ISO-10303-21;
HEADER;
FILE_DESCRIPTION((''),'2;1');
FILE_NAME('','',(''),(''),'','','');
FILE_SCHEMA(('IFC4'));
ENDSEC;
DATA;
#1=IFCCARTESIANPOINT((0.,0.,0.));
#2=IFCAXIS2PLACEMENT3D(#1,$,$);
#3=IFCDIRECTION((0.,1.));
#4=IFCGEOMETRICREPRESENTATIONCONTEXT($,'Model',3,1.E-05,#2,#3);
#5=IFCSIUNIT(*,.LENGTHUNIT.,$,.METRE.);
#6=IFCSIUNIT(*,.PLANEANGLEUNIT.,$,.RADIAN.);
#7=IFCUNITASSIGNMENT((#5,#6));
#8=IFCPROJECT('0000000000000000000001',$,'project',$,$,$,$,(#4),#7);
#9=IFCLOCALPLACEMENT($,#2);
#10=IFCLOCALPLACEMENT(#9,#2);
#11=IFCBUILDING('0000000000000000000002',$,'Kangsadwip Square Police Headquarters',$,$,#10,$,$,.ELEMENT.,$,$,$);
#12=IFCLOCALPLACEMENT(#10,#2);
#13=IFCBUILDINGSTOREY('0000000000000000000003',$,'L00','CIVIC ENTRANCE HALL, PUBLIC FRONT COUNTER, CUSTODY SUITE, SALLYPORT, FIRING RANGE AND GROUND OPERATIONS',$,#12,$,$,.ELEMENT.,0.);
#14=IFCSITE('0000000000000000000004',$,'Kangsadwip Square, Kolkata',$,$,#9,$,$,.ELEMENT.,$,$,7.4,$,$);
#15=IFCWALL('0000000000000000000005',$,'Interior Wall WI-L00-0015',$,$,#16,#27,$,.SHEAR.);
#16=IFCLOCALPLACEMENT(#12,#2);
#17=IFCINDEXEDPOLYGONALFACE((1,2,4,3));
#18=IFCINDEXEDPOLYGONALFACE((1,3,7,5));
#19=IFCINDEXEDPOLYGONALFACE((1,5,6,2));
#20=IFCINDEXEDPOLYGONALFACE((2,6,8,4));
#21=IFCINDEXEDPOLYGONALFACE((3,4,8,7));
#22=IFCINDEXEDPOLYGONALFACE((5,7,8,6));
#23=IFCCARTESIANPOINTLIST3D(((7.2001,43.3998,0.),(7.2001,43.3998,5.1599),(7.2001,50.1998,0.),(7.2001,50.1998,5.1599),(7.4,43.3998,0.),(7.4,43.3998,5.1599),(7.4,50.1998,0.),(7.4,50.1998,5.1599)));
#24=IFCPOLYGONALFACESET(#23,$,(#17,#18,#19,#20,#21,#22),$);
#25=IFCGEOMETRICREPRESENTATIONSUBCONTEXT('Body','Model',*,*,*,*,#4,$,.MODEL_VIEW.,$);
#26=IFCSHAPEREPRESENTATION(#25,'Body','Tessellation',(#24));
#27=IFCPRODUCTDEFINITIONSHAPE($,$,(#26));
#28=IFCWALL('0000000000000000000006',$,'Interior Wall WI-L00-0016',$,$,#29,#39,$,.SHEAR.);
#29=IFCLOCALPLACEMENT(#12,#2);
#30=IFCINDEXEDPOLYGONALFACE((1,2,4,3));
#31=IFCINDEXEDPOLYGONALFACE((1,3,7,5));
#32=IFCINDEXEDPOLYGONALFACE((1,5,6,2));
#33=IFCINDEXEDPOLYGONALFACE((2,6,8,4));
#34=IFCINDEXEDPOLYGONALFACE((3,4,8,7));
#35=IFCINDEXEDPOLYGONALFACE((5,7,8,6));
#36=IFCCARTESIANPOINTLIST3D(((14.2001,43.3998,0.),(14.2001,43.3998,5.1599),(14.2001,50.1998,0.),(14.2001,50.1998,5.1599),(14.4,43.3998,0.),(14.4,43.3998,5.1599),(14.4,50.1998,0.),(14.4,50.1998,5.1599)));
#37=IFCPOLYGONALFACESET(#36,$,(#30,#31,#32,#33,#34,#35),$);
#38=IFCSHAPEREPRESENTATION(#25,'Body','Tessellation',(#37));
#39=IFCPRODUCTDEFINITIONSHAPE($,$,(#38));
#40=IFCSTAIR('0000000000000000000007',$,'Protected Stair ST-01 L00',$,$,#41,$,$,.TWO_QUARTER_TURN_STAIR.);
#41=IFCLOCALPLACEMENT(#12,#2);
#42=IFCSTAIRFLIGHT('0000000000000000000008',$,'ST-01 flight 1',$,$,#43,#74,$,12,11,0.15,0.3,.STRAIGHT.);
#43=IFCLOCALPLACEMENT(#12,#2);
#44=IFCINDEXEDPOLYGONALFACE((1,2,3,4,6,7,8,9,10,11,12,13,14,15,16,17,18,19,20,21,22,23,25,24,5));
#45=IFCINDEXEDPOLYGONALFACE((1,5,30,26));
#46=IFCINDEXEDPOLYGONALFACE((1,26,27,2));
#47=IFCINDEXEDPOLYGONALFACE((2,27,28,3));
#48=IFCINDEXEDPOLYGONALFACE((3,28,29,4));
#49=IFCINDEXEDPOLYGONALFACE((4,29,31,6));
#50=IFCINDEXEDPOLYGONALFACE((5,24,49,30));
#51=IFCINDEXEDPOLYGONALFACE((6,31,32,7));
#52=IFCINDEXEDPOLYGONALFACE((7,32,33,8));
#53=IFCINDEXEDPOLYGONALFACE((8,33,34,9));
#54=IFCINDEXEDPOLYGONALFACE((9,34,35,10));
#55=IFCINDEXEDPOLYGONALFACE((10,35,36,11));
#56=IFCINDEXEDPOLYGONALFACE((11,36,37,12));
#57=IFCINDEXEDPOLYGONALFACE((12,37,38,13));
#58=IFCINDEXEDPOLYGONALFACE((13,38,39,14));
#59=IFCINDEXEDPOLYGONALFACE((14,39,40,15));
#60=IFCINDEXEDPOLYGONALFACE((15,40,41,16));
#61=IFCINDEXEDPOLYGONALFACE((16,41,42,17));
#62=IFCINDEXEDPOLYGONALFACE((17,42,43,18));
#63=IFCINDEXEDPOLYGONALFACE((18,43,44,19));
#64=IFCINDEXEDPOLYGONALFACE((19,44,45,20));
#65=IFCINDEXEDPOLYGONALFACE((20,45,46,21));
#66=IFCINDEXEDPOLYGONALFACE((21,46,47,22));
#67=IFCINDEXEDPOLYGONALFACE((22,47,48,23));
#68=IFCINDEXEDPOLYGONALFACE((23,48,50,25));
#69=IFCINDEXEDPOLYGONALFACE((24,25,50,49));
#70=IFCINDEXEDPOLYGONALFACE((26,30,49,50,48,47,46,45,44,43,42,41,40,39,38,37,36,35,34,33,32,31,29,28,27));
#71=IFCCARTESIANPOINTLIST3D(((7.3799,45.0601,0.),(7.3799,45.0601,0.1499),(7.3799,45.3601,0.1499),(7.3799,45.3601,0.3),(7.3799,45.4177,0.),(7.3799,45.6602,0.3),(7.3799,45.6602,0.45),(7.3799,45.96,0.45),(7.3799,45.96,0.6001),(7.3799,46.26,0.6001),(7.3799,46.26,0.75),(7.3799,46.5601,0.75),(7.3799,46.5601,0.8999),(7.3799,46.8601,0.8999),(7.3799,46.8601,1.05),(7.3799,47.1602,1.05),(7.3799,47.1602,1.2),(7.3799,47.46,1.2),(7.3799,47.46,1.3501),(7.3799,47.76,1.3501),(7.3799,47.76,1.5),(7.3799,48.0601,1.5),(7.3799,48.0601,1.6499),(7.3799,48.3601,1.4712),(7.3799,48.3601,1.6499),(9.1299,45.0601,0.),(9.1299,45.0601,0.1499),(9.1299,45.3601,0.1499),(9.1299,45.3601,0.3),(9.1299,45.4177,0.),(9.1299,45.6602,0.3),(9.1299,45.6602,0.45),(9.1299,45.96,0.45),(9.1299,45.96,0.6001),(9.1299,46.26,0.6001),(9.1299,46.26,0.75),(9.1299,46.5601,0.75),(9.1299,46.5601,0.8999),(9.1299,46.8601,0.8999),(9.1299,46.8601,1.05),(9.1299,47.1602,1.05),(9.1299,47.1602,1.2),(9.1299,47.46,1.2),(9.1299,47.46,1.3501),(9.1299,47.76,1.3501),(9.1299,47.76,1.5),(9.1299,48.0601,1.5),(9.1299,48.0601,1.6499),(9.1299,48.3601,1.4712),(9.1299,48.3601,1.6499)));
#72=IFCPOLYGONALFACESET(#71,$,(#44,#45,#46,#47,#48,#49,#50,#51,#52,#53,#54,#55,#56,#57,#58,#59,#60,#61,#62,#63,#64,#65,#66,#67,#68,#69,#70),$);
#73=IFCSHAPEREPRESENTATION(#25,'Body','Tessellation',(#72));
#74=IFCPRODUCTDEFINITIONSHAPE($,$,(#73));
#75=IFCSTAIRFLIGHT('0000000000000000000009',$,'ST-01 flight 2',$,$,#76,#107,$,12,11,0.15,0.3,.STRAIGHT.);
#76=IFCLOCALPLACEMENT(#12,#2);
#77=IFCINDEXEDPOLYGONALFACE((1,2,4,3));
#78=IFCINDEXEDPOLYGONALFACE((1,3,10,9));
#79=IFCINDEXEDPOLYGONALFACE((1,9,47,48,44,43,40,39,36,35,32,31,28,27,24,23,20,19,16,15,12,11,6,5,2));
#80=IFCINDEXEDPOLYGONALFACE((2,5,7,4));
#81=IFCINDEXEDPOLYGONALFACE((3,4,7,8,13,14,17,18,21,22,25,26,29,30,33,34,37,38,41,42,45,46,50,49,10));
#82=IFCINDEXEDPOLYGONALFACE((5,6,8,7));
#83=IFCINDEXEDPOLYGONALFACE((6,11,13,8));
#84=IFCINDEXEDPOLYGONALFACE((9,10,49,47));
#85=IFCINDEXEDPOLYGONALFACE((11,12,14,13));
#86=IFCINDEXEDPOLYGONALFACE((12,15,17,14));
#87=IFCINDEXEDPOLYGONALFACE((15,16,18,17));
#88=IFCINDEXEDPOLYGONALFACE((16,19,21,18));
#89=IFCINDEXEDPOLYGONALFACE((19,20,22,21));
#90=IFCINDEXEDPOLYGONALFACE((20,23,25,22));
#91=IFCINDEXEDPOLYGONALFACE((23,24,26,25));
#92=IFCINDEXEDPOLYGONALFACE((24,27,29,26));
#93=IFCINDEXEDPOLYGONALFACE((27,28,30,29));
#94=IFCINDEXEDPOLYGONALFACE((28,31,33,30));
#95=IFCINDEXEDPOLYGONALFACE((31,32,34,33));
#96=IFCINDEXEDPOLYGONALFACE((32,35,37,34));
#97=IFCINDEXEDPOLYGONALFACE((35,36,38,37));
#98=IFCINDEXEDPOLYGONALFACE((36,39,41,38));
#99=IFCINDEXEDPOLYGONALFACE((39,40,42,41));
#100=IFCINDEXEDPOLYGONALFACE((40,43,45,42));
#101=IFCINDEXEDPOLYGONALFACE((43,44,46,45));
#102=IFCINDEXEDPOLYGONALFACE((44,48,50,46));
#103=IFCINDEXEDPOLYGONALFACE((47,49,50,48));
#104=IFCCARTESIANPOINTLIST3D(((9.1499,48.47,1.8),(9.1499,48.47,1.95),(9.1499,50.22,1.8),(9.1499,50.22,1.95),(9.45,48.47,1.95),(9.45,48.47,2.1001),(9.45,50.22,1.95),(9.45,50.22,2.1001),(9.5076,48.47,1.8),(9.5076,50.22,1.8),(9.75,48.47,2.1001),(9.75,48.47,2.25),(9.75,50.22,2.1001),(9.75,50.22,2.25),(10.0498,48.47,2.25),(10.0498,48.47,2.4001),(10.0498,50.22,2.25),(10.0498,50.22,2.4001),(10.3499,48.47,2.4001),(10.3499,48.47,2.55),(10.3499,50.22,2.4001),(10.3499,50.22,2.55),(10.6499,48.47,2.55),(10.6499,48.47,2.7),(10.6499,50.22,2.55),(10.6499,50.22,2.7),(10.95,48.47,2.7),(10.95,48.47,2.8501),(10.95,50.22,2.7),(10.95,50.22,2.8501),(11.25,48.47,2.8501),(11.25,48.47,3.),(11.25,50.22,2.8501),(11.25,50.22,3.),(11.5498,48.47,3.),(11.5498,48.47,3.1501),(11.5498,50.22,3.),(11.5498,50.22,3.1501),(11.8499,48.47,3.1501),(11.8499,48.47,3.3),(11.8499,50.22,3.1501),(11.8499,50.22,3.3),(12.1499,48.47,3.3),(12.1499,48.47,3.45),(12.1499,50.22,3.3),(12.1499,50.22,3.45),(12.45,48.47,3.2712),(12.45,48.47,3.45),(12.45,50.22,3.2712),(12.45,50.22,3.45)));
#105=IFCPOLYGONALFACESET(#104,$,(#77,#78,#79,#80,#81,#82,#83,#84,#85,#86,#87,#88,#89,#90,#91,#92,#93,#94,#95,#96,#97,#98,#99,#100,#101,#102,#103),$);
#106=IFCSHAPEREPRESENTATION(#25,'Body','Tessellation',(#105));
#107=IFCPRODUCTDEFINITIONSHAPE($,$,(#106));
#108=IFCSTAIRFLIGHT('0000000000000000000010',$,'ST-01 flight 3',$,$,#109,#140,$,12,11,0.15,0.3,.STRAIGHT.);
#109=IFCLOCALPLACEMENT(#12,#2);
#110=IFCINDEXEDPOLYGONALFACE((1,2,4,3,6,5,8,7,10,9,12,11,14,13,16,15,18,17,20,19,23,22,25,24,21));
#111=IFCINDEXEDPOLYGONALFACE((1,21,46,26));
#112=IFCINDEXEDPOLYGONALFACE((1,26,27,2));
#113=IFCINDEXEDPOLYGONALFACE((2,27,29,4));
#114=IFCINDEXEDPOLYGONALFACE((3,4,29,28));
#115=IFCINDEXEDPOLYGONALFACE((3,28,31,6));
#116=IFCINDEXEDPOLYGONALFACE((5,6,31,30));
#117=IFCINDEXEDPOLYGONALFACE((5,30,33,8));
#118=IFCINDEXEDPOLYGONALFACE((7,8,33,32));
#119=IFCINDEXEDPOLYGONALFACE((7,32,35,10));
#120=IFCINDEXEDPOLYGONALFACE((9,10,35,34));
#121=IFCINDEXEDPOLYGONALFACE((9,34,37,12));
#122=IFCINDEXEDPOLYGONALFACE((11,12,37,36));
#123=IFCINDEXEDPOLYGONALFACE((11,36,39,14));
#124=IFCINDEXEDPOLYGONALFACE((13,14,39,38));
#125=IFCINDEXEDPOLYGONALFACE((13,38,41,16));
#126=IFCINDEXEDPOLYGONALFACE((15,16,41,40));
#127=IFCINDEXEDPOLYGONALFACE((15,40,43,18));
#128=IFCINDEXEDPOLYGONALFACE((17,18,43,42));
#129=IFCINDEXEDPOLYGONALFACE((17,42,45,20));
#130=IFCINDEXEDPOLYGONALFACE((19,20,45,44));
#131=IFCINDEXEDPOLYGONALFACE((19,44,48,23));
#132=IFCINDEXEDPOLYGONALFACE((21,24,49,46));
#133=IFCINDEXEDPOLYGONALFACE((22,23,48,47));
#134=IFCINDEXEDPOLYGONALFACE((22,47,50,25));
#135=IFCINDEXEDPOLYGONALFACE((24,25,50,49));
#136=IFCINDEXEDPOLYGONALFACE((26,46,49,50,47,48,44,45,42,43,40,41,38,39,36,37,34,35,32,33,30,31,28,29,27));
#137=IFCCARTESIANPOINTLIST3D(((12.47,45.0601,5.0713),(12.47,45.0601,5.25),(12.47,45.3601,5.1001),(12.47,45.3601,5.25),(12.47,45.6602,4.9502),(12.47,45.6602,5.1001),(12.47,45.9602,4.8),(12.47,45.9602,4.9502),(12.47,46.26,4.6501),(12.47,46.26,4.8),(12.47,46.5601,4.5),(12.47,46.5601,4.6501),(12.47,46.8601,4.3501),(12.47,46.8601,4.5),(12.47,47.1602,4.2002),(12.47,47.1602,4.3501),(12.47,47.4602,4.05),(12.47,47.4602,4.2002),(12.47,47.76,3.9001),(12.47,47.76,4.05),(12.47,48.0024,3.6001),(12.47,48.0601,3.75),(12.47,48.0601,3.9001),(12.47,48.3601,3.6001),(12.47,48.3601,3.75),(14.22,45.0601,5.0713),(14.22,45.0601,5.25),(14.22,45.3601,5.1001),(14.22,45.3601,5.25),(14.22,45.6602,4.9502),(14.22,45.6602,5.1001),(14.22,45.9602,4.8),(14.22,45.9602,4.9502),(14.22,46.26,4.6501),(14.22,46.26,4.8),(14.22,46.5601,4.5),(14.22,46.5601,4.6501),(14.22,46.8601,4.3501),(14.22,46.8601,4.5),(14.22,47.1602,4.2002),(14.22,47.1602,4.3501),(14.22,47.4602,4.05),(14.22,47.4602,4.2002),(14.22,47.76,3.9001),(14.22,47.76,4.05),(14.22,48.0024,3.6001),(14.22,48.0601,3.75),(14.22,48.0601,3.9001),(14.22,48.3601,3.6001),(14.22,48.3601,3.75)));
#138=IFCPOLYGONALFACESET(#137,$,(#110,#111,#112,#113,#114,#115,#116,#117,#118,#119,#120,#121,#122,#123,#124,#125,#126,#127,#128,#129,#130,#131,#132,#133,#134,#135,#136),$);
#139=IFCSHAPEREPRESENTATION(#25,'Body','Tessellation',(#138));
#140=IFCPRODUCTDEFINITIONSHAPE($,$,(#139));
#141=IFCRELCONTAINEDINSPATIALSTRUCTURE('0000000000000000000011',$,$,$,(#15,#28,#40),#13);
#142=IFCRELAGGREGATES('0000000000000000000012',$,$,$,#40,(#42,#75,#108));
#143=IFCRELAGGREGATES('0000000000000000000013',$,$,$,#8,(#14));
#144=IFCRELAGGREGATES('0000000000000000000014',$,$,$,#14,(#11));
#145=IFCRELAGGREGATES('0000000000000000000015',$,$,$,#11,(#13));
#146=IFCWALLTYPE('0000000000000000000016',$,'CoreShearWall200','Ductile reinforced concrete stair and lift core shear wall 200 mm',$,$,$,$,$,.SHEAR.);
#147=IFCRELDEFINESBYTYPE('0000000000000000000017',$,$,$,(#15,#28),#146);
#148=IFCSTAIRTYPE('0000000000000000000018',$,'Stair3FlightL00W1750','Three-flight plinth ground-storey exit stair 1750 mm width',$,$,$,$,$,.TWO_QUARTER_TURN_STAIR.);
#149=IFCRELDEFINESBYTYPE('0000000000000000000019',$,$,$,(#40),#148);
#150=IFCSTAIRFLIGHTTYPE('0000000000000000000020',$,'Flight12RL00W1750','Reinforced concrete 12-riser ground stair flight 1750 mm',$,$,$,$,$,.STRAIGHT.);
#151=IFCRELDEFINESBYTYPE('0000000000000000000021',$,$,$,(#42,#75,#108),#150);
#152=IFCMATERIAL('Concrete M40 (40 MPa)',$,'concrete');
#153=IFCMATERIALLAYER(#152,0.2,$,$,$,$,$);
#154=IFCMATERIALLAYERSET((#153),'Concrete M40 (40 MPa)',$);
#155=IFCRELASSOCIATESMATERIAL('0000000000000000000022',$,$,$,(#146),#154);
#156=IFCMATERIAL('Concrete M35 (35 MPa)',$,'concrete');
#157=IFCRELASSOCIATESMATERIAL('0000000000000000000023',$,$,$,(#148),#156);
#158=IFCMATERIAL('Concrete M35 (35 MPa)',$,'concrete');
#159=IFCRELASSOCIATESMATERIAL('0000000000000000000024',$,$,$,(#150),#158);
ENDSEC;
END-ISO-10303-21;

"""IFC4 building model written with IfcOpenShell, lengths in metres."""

from ifc_helpers import new_model, si_unit, direction, frame, frame_2d, origin, place, context, subcontext, project, spatial, polyline, rectangle, outline, extrude, material, layer, layer_set, type_object, element, aggregate, save


model = new_model("IFC4")

# Units and contexts
model_context = context("Model", 3, precision=1e-05, world=origin(), true_north=direction((0.0, 1.0)))
body_context = subcontext(model_context, "Body", "Model", "MODEL_VIEW")
ifc_project = project(units=[si_unit("LENGTHUNIT", "METRE"), si_unit("PLANEANGLEUNIT", "RADIAN")], contexts=[model_context])

# Site, building, storey
site_placement = place(None, origin())
site = spatial("IfcSite", under=ifc_project, at=site_placement, Name="Kangsadwip Square, Kolkata", CompositionType="ELEMENT", RefElevation=7.4)
building_placement = place(site_placement, origin())
building = spatial("IfcBuilding", under=site, at=building_placement, Name="Kangsadwip Square Police Headquarters", CompositionType="ELEMENT")
storey_placement = place(building_placement, origin())
storey = spatial("IfcBuildingStorey", under=building, at=storey_placement, Name="L00", Description="CIVIC ENTRANCE HALL, PUBLIC FRONT COUNTER, CUSTODY SUITE, SALLYPORT, FIRING RANGE AND GROUND OPERATIONS", CompositionType="ELEMENT", Elevation=0.0)

# Shared definitions
ifc_material_1 = material(Name="Concrete M40 (40 MPa)", Category="concrete")
ifc_layer = layer(ifc_material_1, 0.2)
ifc_layer_set = layer_set([ifc_layer], Name="Concrete M40 (40 MPa)")
wall_type = type_object("IfcWallType", Name="CoreShearWall200", Description="Ductile reinforced concrete stair and lift core shear wall 200 mm", PredefinedType="SHEAR", material=ifc_layer_set)

# Walls
for number, where, z_axis, x_axis, name in (
    (1, (7.3, 43.3999, 0.0), (0.0, 0.0, 1.0), (0.0, 1.0, 0.0), "Interior Wall WI-L00-0015"),
    (2, (14.3, 43.3999, 0.0), (0.0, 0.0, 1.0), (0.0, 1.0, 0.0), "Interior Wall WI-L00-0016"),
):
    element("IfcWall", number, at=place(storey_placement, frame(where, z_axis=z_axis, x_axis=x_axis)), inside=storey, type_object=wall_type, Name=name, PredefinedType="SHEAR", context=body_context, shape_type="SweptSolid", body=[
        extrude(rectangle(XDim=6.8, YDim=0.2, at=frame_2d((3.3999, 0.0))), origin(), (0.0, 0.0, 1.0), 5.1599),
    ])

# Stair, stair flights
ifc_material_2 = material(Name="Concrete M35 (35 MPa)", Category="concrete")
stair_type = type_object("IfcStairType", Name="Stair3FlightL00W1750", Description="Three-flight plinth ground-storey exit stair 1750 mm width", PredefinedType="TWO_QUARTER_TURN_STAIR", material=ifc_material_2)
stair_placement = place(storey_placement, origin())
stair = element("IfcStair", 3, at=stair_placement, inside=storey, type_object=stair_type, Name="Protected Stair ST-01 L00", PredefinedType="TWO_QUARTER_TURN_STAIR")
ifc_material_3 = material(Name="Concrete M35 (35 MPa)", Category="concrete")
stair_flight_type = type_object("IfcStairFlightType", Name="Flight12RL00W1750", Description="Reinforced concrete 12-riser ground stair flight 1750 mm", PredefinedType="STRAIGHT", material=ifc_material_3)
stair_flight_1_placement = place(storey_placement, frame((8.2549, 45.0601, 0.0), z_axis=(0.0, 0.0, 1.0), x_axis=(0.0, 1.0, 0.0)))
stair_flight_1 = element("IfcStairFlight", 4, at=stair_flight_1_placement, type_object=stair_flight_type, Name="ST-01 flight 1", NumberOfRisers=12, NumberOfTreads=11, PredefinedType="STRAIGHT", RiserHeight=0.15, TreadLength=0.3, context=body_context, shape_type="SweptSolid", body=[
    extrude(outline(polyline([(0.0, 0.0), (0.0, 0.1499), (0.3, 0.1499), (0.3, 0.3), (0.6001, 0.3), (0.6001, 0.45), (0.8999, 0.45), (0.8999, 0.6001), (1.2, 0.6001), (1.2, 0.75), (1.5, 0.75), (1.5, 0.8999), (1.8, 0.8999), (1.8, 1.05), (2.1001, 1.05), (2.1001, 1.2), (2.3999, 1.2), (2.3999, 1.3501), (2.7, 1.3501), (2.7, 1.5), (3.0, 1.5), (3.0, 1.6499), (3.3, 1.6499), (3.3, 1.8), (3.3, 1.4712), (0.3577, 0.0), (0.0, 0.0)])), frame((0.0, 0.875, 0.0), z_axis=(0.0, -1.0, 0.0), x_axis=(1.0, 0.0, 0.0)), (0.0, 0.0, 1.0), 1.75),
])
stair_flight_2_placement = place(storey_placement, frame((9.1499, 49.345, 1.8), z_axis=(0.0, 0.0, 1.0), x_axis=(1.0, 0.0, 0.0)))
stair_flight_2 = element("IfcStairFlight", 5, at=stair_flight_2_placement, type_object=stair_flight_type, Name="ST-01 flight 2", NumberOfRisers=12, NumberOfTreads=11, PredefinedType="STRAIGHT", RiserHeight=0.15, TreadLength=0.3, context=body_context, shape_type="SweptSolid", body=[
    extrude(outline(polyline([(0.0, 0.0), (0.0, 0.1499), (0.3, 0.1499), (0.3, 0.3), (0.6001, 0.3), (0.6001, 0.45), (0.8999, 0.45), (0.8999, 0.6001), (1.2, 0.6001), (1.2, 0.75), (1.5, 0.75), (1.5, 0.8999), (1.8, 0.8999), (1.8, 1.05), (2.1001, 1.05), (2.1001, 1.2), (2.3999, 1.2), (2.3999, 1.3501), (2.7, 1.3501), (2.7, 1.5), (3.0, 1.5), (3.0, 1.6499), (3.3, 1.6499), (3.3, 1.8), (3.3, 1.4712), (0.3577, 0.0), (0.0, 0.0)])), frame((0.0, 0.875, 0.0), z_axis=(0.0, -1.0, 0.0), x_axis=(1.0, 0.0, 0.0)), (0.0, 0.0, 1.0), 1.75),
])
stair_flight_3_placement = place(storey_placement, frame((13.345, 48.3601, 3.6001), z_axis=(0.0, 0.0, 1.0), x_axis=(0.0, -1.0, 0.0)))
stair_flight_3 = element("IfcStairFlight", 6, at=stair_flight_3_placement, type_object=stair_flight_type, Name="ST-01 flight 3", NumberOfRisers=12, NumberOfTreads=11, PredefinedType="STRAIGHT", RiserHeight=0.15, TreadLength=0.3, context=body_context, shape_type="SweptSolid", body=[
    extrude(outline(polyline([(0.0, 0.0), (0.0, 0.1499), (0.3, 0.1499), (0.3, 0.3), (0.6001, 0.3), (0.6001, 0.45), (0.8999, 0.45), (0.8999, 0.6001), (1.2, 0.6001), (1.2, 0.75), (1.5, 0.75), (1.5, 0.8999), (1.8, 0.8999), (1.8, 1.05), (2.1001, 1.05), (2.1001, 1.2), (2.3999, 1.2), (2.3999, 1.3501), (2.7, 1.3501), (2.7, 1.5), (3.0, 1.5), (3.0, 1.6499), (3.3, 1.6499), (3.3, 1.8), (3.3, 1.4712), (0.3577, 0.0), (0.0, 0.0)])), frame((0.0, 0.875, 0.0), z_axis=(0.0, -1.0, 0.0), x_axis=(1.0, 0.0, 0.0)), (0.0, 0.0, 1.0), 1.75),
])
aggregate(stair, [stair_flight_1, stair_flight_2, stair_flight_3])

save(model, "model.ifc")
